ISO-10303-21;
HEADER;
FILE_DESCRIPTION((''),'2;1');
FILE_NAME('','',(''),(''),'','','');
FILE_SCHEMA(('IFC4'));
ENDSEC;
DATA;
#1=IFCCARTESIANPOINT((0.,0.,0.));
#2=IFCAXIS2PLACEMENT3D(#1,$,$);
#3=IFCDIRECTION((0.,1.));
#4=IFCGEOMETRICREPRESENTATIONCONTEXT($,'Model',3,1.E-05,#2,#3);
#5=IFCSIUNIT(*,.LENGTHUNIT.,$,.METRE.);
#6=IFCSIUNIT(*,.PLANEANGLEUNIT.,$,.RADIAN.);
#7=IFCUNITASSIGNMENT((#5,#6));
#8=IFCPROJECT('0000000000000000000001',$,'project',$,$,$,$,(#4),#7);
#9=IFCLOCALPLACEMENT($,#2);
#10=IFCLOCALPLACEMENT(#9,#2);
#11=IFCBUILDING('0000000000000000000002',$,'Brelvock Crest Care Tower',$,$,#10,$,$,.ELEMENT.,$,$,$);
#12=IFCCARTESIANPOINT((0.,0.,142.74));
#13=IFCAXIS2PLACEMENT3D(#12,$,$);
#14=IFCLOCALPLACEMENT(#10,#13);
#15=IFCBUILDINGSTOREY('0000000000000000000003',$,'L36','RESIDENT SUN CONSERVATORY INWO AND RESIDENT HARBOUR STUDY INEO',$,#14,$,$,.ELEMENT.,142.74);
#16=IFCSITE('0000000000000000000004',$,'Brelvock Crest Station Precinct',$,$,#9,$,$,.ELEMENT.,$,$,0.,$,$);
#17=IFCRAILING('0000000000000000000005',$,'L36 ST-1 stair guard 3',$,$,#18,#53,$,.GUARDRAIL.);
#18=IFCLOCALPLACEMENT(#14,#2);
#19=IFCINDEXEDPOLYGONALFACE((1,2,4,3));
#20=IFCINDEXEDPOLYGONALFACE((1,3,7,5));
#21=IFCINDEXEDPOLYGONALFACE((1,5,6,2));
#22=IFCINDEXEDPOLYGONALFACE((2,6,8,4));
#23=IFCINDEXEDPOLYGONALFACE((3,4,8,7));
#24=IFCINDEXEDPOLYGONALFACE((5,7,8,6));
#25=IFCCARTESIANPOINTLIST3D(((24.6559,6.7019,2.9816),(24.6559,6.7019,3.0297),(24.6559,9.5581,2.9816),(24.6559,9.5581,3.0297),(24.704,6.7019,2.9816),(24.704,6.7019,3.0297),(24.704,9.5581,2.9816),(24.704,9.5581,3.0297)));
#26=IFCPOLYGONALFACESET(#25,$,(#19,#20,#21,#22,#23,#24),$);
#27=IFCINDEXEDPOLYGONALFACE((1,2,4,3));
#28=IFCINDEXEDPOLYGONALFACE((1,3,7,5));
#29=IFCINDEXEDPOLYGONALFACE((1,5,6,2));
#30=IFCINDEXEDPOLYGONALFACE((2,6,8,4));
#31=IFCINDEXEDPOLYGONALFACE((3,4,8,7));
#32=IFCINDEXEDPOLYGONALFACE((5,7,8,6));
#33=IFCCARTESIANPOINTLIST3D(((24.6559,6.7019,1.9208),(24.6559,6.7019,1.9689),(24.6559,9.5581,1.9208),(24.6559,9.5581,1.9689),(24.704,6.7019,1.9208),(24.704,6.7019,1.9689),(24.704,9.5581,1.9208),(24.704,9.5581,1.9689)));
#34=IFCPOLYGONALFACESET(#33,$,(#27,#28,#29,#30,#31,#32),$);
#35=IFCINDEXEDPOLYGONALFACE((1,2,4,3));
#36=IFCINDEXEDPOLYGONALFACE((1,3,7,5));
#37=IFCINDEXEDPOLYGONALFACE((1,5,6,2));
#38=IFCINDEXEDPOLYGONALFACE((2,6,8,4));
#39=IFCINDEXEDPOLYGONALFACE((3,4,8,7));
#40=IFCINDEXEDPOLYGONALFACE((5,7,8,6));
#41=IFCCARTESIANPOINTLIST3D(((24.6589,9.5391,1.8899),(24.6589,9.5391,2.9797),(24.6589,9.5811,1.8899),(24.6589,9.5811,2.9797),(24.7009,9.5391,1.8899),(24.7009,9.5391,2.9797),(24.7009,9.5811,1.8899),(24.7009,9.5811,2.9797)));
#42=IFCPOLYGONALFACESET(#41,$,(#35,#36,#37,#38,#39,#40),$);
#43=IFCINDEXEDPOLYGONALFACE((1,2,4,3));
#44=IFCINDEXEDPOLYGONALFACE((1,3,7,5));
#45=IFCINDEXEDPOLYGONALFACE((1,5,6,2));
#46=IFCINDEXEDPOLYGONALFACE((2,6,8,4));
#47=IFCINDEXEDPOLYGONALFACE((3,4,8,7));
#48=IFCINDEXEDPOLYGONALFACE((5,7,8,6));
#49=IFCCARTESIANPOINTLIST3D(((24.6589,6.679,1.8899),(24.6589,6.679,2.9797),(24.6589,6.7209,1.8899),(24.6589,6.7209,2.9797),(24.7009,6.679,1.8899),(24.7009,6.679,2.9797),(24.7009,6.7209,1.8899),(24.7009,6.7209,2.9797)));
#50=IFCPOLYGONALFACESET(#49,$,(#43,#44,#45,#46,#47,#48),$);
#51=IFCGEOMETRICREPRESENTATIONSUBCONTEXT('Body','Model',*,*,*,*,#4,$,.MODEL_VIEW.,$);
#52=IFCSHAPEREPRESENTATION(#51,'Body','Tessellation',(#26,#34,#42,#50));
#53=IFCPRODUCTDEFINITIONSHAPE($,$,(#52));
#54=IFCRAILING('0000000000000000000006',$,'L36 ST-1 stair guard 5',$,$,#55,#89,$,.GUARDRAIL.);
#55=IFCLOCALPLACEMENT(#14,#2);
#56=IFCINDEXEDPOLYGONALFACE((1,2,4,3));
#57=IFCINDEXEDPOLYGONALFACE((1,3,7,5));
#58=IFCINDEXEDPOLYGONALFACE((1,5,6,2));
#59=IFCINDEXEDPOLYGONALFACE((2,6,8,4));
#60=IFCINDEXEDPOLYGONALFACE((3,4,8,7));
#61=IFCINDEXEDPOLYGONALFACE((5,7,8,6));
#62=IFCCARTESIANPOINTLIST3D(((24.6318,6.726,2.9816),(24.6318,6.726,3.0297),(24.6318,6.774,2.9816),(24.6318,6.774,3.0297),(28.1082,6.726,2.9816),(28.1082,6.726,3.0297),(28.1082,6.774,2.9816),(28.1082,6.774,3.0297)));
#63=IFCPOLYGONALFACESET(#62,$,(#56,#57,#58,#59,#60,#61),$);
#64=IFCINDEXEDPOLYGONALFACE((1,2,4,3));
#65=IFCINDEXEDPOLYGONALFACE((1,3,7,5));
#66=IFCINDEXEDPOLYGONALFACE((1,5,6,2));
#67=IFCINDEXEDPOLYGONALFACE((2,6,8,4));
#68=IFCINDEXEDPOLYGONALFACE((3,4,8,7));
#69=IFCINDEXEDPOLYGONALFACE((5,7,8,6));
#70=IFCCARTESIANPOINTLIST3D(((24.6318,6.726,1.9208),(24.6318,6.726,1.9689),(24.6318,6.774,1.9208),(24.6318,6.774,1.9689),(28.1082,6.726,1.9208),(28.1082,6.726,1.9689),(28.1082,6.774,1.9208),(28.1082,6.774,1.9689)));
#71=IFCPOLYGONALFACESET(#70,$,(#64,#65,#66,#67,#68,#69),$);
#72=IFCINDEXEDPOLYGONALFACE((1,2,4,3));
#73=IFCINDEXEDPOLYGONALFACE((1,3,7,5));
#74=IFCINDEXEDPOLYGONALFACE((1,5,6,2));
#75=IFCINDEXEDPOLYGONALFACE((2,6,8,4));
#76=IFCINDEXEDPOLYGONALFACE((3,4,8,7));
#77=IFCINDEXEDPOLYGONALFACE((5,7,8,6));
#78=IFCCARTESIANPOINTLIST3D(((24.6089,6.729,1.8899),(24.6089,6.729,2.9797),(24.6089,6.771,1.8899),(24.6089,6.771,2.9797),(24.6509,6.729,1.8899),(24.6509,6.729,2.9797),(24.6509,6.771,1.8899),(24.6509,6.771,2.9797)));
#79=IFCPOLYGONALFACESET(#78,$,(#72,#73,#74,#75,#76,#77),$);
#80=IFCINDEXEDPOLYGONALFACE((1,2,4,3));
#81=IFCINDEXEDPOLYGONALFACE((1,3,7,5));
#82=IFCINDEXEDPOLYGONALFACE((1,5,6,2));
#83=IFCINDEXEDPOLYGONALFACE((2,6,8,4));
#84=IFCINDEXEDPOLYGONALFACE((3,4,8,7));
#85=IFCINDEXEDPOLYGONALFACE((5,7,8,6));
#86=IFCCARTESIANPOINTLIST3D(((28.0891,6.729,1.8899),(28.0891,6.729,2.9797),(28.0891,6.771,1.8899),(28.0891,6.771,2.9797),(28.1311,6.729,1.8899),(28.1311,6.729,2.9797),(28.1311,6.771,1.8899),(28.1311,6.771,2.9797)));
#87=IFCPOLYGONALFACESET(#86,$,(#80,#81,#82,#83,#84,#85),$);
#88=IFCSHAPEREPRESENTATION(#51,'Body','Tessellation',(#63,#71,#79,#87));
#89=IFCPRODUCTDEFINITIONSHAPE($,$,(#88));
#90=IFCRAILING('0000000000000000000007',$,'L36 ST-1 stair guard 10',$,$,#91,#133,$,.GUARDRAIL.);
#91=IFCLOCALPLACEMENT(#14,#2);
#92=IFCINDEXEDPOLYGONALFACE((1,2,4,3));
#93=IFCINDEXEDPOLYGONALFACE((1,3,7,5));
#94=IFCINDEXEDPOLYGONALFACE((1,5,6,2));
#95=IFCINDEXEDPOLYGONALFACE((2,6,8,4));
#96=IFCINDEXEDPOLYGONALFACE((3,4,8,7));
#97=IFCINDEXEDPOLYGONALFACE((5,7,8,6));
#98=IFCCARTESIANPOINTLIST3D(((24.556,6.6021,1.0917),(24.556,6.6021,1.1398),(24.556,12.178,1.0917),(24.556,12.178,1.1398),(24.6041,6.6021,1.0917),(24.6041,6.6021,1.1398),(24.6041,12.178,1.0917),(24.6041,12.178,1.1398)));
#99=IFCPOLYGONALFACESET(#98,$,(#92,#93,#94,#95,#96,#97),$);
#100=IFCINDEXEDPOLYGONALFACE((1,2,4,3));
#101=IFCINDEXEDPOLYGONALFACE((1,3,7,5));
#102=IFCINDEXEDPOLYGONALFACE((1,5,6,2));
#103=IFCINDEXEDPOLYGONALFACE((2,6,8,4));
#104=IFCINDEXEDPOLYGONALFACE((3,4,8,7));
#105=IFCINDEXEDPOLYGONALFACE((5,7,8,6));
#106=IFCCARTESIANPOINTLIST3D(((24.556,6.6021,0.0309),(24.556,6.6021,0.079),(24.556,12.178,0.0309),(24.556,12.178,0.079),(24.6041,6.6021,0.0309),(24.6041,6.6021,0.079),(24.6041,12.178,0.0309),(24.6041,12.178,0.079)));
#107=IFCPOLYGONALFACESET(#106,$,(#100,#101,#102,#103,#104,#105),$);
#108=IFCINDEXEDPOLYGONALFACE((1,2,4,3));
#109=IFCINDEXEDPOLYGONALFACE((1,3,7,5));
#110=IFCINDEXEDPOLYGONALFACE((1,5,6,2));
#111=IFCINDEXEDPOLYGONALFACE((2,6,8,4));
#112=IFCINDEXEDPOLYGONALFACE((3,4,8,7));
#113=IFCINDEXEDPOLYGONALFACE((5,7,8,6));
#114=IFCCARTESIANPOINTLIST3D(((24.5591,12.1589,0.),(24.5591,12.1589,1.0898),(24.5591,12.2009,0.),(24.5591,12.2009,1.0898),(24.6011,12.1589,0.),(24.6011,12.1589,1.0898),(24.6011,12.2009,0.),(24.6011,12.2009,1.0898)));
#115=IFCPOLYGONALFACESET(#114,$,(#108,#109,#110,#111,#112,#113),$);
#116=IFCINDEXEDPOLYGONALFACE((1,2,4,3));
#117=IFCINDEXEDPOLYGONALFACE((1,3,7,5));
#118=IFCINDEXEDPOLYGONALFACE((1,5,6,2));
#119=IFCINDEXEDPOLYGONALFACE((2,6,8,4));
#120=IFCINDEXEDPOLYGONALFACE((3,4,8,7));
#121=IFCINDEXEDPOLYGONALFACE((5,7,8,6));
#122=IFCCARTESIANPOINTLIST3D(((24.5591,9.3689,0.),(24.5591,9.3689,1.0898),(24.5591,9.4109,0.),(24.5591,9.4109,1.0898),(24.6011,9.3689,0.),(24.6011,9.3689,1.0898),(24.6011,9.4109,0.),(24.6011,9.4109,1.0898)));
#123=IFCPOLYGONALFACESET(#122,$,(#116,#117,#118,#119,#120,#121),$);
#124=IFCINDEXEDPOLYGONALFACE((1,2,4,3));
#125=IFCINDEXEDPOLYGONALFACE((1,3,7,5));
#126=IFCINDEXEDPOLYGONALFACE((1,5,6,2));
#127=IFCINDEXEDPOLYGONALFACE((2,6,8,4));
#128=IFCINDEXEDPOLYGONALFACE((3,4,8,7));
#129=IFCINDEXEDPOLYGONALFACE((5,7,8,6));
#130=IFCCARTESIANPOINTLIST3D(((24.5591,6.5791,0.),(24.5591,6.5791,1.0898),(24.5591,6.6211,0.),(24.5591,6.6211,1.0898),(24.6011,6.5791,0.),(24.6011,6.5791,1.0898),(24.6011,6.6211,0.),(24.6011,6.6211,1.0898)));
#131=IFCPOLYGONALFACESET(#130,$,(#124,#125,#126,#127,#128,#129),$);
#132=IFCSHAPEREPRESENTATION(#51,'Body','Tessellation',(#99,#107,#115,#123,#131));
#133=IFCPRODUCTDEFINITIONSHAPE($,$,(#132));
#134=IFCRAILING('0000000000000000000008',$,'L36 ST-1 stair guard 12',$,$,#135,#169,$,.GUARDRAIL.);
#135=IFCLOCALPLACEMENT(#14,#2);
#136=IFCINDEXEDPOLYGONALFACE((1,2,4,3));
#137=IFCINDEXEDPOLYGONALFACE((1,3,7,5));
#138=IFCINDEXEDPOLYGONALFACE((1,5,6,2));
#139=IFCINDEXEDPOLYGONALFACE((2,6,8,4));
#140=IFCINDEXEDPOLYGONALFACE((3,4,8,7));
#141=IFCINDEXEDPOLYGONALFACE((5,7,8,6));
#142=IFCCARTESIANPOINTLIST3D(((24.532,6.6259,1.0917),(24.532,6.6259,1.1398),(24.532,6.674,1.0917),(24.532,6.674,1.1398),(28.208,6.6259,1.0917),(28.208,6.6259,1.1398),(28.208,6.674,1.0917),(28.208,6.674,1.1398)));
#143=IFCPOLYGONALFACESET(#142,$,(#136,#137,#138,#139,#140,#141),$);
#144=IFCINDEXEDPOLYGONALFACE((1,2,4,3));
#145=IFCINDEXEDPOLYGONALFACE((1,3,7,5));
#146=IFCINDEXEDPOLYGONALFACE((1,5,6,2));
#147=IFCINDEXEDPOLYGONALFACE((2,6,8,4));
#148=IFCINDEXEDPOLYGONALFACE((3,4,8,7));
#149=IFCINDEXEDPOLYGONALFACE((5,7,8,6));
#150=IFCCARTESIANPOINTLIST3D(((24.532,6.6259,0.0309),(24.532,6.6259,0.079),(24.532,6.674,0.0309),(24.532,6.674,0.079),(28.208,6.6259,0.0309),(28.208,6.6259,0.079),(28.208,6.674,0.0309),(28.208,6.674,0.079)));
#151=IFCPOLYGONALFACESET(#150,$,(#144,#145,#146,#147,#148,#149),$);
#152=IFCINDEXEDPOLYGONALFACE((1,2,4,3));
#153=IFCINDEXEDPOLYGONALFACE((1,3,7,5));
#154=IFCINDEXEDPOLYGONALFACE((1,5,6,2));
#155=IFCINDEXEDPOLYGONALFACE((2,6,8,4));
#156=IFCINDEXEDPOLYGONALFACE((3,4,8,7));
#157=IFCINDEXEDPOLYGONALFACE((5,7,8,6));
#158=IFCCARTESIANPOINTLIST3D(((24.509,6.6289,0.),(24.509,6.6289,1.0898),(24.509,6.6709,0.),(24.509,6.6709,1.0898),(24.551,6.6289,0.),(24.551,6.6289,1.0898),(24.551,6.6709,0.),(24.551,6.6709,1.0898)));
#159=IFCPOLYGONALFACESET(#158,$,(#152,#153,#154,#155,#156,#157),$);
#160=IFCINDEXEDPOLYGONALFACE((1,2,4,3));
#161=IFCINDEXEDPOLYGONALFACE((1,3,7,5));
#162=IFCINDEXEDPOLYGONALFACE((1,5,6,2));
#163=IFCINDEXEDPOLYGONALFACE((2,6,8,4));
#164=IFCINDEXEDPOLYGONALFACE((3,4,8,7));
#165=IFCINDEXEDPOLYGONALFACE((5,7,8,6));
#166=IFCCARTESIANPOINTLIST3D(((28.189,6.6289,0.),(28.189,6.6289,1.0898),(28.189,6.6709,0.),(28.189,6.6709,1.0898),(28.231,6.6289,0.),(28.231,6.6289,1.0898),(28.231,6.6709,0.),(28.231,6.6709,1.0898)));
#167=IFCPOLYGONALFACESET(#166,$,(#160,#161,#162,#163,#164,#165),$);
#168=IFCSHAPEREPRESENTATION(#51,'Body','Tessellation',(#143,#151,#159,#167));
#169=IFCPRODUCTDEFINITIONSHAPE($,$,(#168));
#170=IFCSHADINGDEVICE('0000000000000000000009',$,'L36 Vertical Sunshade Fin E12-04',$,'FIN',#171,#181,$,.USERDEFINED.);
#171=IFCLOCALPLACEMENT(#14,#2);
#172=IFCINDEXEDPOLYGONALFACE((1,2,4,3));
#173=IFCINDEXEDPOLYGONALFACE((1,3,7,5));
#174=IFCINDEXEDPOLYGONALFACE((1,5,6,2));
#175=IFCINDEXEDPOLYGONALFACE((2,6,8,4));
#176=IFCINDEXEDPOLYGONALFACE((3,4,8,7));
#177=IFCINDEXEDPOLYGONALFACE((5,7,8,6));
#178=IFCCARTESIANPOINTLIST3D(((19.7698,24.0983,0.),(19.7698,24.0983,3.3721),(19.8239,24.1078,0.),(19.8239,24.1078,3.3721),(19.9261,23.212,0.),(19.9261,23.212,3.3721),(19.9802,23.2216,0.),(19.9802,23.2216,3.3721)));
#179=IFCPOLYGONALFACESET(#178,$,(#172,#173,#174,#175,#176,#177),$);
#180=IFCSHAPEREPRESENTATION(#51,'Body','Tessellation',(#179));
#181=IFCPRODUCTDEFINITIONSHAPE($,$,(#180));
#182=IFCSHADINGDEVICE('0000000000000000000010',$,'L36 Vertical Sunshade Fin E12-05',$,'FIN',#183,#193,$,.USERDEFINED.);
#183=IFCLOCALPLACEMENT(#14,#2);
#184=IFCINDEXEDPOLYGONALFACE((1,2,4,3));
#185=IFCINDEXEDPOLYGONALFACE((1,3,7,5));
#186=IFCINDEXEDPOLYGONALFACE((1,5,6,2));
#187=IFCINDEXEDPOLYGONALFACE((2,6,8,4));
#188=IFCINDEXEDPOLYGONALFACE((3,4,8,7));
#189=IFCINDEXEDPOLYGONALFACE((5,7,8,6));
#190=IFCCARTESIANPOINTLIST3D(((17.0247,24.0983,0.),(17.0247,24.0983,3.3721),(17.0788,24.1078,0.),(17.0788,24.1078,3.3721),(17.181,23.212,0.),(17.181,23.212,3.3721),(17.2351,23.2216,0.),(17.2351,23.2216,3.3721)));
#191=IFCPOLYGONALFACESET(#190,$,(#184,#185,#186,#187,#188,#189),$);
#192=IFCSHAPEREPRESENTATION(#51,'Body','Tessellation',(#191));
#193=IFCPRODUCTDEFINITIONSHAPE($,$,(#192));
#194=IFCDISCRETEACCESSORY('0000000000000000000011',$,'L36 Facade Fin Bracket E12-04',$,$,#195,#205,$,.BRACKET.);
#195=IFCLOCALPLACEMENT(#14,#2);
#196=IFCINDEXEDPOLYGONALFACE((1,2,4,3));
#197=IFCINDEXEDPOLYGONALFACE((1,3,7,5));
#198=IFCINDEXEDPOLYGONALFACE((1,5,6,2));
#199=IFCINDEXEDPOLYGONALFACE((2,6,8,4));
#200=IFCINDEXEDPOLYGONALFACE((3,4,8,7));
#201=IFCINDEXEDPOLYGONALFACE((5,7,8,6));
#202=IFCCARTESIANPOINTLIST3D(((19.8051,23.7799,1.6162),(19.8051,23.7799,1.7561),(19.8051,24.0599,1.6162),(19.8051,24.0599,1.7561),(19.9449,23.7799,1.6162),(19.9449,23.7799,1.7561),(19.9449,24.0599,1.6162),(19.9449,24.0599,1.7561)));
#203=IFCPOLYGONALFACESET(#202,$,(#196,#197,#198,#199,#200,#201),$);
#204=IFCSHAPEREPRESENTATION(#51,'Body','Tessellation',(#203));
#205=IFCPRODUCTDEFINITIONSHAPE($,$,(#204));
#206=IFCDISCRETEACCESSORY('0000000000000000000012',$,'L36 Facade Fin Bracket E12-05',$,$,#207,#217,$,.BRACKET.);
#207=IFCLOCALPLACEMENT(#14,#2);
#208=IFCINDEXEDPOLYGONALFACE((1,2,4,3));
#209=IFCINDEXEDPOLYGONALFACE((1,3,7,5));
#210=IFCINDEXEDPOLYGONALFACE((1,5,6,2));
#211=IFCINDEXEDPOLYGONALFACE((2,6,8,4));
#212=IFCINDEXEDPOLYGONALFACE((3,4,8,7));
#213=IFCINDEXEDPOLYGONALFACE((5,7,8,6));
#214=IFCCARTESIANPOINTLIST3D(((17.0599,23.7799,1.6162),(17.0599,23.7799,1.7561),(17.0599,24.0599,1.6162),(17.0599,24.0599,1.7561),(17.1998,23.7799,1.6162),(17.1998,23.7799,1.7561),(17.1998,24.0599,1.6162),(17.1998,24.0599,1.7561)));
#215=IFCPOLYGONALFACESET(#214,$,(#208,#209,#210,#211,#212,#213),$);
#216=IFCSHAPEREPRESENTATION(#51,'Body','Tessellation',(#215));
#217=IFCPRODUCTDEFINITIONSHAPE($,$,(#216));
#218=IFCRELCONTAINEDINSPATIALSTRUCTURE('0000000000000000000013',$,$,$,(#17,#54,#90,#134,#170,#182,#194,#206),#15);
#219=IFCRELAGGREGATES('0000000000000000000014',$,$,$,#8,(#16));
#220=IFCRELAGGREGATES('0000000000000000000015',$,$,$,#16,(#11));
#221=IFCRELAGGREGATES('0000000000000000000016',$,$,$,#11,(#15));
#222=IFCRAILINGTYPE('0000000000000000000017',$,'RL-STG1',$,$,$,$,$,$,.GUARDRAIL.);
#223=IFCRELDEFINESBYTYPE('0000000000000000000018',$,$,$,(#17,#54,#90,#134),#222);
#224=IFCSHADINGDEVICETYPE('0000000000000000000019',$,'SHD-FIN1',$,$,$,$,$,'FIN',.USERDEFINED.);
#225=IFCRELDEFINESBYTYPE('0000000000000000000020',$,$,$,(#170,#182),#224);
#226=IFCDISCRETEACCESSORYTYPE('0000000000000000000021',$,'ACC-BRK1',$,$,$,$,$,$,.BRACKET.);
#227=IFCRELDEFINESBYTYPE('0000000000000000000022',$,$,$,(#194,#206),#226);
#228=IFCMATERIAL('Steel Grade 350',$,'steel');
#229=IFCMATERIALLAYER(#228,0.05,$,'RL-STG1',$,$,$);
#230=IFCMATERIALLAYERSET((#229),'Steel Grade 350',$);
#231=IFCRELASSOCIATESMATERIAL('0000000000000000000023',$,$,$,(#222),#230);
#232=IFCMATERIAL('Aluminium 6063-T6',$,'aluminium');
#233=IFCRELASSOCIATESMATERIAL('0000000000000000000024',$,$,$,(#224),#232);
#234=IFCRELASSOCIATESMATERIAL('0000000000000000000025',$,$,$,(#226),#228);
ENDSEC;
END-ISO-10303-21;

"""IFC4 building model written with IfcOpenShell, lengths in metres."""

from ifc_helpers import new_model, si_unit, direction, frame, origin, origin_2d, place, context, subcontext, project, spatial, rectangle, extrude, source, transform, mapped, material, layer, layer_set, material_profile, profile_set, type_object, element, save


model = new_model("IFC4")

# Units and contexts
model_context = context("Model", 3, precision=1e-05, world=origin(), true_north=direction((0.0, 1.0)))
body_context = subcontext(model_context, "Body", "Model", "MODEL_VIEW")
ifc_project = project(units=[si_unit("LENGTHUNIT", "METRE"), si_unit("PLANEANGLEUNIT", "RADIAN")], contexts=[model_context])

# Site, building, storey
site_placement = place(None, origin())
site = spatial("IfcSite", under=ifc_project, at=site_placement, Name="Brelvock Crest Station Precinct", CompositionType="ELEMENT", RefElevation=0.0)
building_placement = place(site_placement, origin())
building = spatial("IfcBuilding", under=site, at=building_placement, Name="Brelvock Crest Care Tower", CompositionType="ELEMENT")
storey_placement = place(building_placement, frame((0.0, 0.0, 142.74)))
storey = spatial("IfcBuildingStorey", under=building, at=storey_placement, Name="L36", Description="RESIDENT SUN CONSERVATORY INWO AND RESIDENT HARBOUR STUDY INEO", CompositionType="ELEMENT", Elevation=142.74)

# Shared definitions
ifc_material_1 = material(Name="Steel Grade 350", Category="steel")

# Railings
ifc_layer_1 = layer(ifc_material_1, 0.05, Name="RL-STG1")
ifc_layer_set_1 = layer_set([ifc_layer_1], Name="Steel Grade 350")
railing_type = type_object("IfcRailingType", Name="RL-STG1", PredefinedType="GUARDRAIL", material=ifc_layer_set_1)
railing_1_placement = place(storey_placement, frame((24.6799, 9.5601, 1.8899)))
element("IfcRailing", 1, at=railing_1_placement, inside=storey, type_object=railing_type, Name="L36 ST-1 stair guard 3", PredefinedType="GUARDRAIL", context=body_context, shape_type="SweptSolid", body=[
    extrude(rectangle(XDim=0.0481, YDim=0.0481, at=origin_2d()), frame((0.0, -0.002, 1.1157), z_axis=(0.0, -1.0, 0.0), x_axis=(1.0, 0.0, 0.0)), (0.0, 0.0, 1.0), 2.8562),
    extrude(rectangle(XDim=0.0481, YDim=0.0481, at=origin_2d()), frame((0.0, -0.002, 0.0549), z_axis=(0.0, -1.0, 0.0), x_axis=(1.0, 0.0, 0.0)), (0.0, 0.0, 1.0), 2.8562),
    extrude(rectangle(XDim=0.042, YDim=0.042, at=origin_2d()), origin(), (0.0, 0.0, 1.0), 1.0898),
    extrude(rectangle(XDim=0.042, YDim=0.042, at=origin_2d()), frame((0.0, -2.8601, 0.0)), (0.0, 0.0, 1.0), 1.0898),
])
railing_2_placement = place(storey_placement, frame((24.6299, 6.75, 1.8899)))
element("IfcRailing", 2, at=railing_2_placement, inside=storey, type_object=railing_type, Name="L36 ST-1 stair guard 5", PredefinedType="GUARDRAIL", context=body_context, shape_type="SweptSolid", body=[
    extrude(rectangle(XDim=0.0481, YDim=0.0481, at=origin_2d()), frame((0.002, 0.0, 1.1157), z_axis=(1.0, 0.0, 0.0), x_axis=(0.0, 1.0, 0.0)), (0.0, 0.0, 1.0), 3.4763),
    extrude(rectangle(XDim=0.0481, YDim=0.0481, at=origin_2d()), frame((0.002, 0.0, 0.0549), z_axis=(1.0, 0.0, 0.0), x_axis=(0.0, 1.0, 0.0)), (0.0, 0.0, 1.0), 3.4763),
    extrude(rectangle(XDim=0.042, YDim=0.042, at=origin_2d()), origin(), (0.0, 0.0, 1.0), 1.0898),
    extrude(rectangle(XDim=0.042, YDim=0.042, at=origin_2d()), frame((3.4802, 0.0, 0.0)), (0.0, 0.0, 1.0), 1.0898),
])
railing_3_placement = place(storey_placement, frame((24.5801, 12.1799, 0.0)))
element("IfcRailing", 3, at=railing_3_placement, inside=storey, type_object=railing_type, Name="L36 ST-1 stair guard 10", PredefinedType="GUARDRAIL", context=body_context, shape_type="SweptSolid", body=[
    extrude(rectangle(XDim=0.0481, YDim=0.0481, at=origin_2d()), frame((0.0, -0.002, 1.1157), z_axis=(0.0, -1.0, 0.0), x_axis=(1.0, 0.0, 0.0)), (0.0, 0.0, 1.0), 5.5759),
    extrude(rectangle(XDim=0.0481, YDim=0.0481, at=origin_2d()), frame((0.0, -0.002, 0.0549), z_axis=(0.0, -1.0, 0.0), x_axis=(1.0, 0.0, 0.0)), (0.0, 0.0, 1.0), 5.5759),
    extrude(rectangle(XDim=0.042, YDim=0.042, at=origin_2d()), origin(), (0.0, 0.0, 1.0), 1.0898),
    extrude(rectangle(XDim=0.042, YDim=0.042, at=origin_2d()), frame((0.0, -2.79, 0.0)), (0.0, 0.0, 1.0), 1.0898),
    extrude(rectangle(XDim=0.042, YDim=0.042, at=origin_2d()), frame((0.0, -5.5798, 0.0)), (0.0, 0.0, 1.0), 1.0898),
])
railing_4_placement = place(storey_placement, frame((24.53, 6.6499, 0.0)))
element("IfcRailing", 4, at=railing_4_placement, inside=storey, type_object=railing_type, Name="L36 ST-1 stair guard 12", PredefinedType="GUARDRAIL", context=body_context, shape_type="SweptSolid", body=[
    extrude(rectangle(XDim=0.0481, YDim=0.0481, at=origin_2d()), frame((0.002, 0.0, 1.1157), z_axis=(1.0, 0.0, 0.0), x_axis=(0.0, 1.0, 0.0)), (0.0, 0.0, 1.0), 3.676),
    extrude(rectangle(XDim=0.0481, YDim=0.0481, at=origin_2d()), frame((0.002, 0.0, 0.0549), z_axis=(1.0, 0.0, 0.0), x_axis=(0.0, 1.0, 0.0)), (0.0, 0.0, 1.0), 3.676),
    extrude(rectangle(XDim=0.042, YDim=0.042, at=origin_2d()), origin(), (0.0, 0.0, 1.0), 1.0898),
    extrude(rectangle(XDim=0.042, YDim=0.042, at=origin_2d()), frame((3.6799, 0.0, 0.0)), (0.0, 0.0, 1.0), 1.0898),
])

# Shading devices
ifc_material_2 = material(Name="Aluminium 6063-T6", Category="aluminium")
ifc_material_profile_1 = material_profile(ifc_material_2, rectangle(XDim=0.0549, YDim=0.8999, at=origin_2d()), Name="FIN55x900")
ifc_profile_set_1 = profile_set([ifc_material_profile_1], Name="Aluminium 6063-T6")
shading_device_type = type_object("IfcShadingDeviceType", Name="SHD-FIN1", ElementType="FIN", PredefinedType="USERDEFINED", material=ifc_profile_set_1)
shared_shape_1 = source(origin(), body_context, "Body", "SweptSolid", [
    extrude(rectangle(XDim=0.0549, YDim=0.8999, at=origin_2d()), origin(), (0.0, 0.0, 1.0), 3.3721),
])
for number, where, z_axis, x_axis, name in (
    (5, (19.875, 23.6599, 0.0), (0.0, 0.0, 1.0), (-0.984808, -0.173648, 0.0), "L36 Vertical Sunshade Fin E12-04"),
    (6, (17.1299, 23.6599, 0.0), (0.0, 0.0, 1.0), (-0.984808, -0.173648, 0.0), "L36 Vertical Sunshade Fin E12-05"),
):
    element("IfcShadingDevice", number, at=place(storey_placement, frame(where, z_axis=z_axis, x_axis=x_axis)), inside=storey, type_object=shading_device_type, Name=name, ObjectType="FIN", PredefinedType="USERDEFINED", context=body_context, shape_type="MappedRepresentation", body=[
        mapped(shared_shape_1, transform((0.0, 0.0, 0.0), x_axis=(1.0, 0.0, 0.0), y_axis=(0.0, 1.0, 0.0), z_axis=(0.0, 0.0, 1.0), scale=1.0)),
    ])

# Discrete accessories
discrete_accessory_type = type_object("IfcDiscreteAccessoryType", Name="ACC-BRK1", PredefinedType="BRACKET", material=ifc_material_1)
shared_shape_2 = source(origin(), body_context, "Body", "SweptSolid", [
    extrude(rectangle(XDim=0.28, YDim=0.1399, at=origin_2d()), origin(), (0.0, 0.0, 1.0), 0.1399),
])
for number, where, z_axis, x_axis, name in (
    (7, (19.875, 23.9199, 1.6162), (0.0, 0.0, 1.0), (0.0, -1.0, 0.0), "L36 Facade Fin Bracket E12-04"),
    (8, (17.1299, 23.9199, 1.6162), (0.0, 0.0, 1.0), (0.0, -1.0, 0.0), "L36 Facade Fin Bracket E12-05"),
):
    element("IfcDiscreteAccessory", number, at=place(storey_placement, frame(where, z_axis=z_axis, x_axis=x_axis)), inside=storey, type_object=discrete_accessory_type, Name=name, PredefinedType="BRACKET", context=body_context, shape_type="MappedRepresentation", body=[
        mapped(shared_shape_2, transform((0.0, 0.0, 0.0), x_axis=(1.0, 0.0, 0.0), y_axis=(0.0, 1.0, 0.0), z_axis=(0.0, 0.0, 1.0), scale=1.0)),
    ])

save(model, "model.ifc")
